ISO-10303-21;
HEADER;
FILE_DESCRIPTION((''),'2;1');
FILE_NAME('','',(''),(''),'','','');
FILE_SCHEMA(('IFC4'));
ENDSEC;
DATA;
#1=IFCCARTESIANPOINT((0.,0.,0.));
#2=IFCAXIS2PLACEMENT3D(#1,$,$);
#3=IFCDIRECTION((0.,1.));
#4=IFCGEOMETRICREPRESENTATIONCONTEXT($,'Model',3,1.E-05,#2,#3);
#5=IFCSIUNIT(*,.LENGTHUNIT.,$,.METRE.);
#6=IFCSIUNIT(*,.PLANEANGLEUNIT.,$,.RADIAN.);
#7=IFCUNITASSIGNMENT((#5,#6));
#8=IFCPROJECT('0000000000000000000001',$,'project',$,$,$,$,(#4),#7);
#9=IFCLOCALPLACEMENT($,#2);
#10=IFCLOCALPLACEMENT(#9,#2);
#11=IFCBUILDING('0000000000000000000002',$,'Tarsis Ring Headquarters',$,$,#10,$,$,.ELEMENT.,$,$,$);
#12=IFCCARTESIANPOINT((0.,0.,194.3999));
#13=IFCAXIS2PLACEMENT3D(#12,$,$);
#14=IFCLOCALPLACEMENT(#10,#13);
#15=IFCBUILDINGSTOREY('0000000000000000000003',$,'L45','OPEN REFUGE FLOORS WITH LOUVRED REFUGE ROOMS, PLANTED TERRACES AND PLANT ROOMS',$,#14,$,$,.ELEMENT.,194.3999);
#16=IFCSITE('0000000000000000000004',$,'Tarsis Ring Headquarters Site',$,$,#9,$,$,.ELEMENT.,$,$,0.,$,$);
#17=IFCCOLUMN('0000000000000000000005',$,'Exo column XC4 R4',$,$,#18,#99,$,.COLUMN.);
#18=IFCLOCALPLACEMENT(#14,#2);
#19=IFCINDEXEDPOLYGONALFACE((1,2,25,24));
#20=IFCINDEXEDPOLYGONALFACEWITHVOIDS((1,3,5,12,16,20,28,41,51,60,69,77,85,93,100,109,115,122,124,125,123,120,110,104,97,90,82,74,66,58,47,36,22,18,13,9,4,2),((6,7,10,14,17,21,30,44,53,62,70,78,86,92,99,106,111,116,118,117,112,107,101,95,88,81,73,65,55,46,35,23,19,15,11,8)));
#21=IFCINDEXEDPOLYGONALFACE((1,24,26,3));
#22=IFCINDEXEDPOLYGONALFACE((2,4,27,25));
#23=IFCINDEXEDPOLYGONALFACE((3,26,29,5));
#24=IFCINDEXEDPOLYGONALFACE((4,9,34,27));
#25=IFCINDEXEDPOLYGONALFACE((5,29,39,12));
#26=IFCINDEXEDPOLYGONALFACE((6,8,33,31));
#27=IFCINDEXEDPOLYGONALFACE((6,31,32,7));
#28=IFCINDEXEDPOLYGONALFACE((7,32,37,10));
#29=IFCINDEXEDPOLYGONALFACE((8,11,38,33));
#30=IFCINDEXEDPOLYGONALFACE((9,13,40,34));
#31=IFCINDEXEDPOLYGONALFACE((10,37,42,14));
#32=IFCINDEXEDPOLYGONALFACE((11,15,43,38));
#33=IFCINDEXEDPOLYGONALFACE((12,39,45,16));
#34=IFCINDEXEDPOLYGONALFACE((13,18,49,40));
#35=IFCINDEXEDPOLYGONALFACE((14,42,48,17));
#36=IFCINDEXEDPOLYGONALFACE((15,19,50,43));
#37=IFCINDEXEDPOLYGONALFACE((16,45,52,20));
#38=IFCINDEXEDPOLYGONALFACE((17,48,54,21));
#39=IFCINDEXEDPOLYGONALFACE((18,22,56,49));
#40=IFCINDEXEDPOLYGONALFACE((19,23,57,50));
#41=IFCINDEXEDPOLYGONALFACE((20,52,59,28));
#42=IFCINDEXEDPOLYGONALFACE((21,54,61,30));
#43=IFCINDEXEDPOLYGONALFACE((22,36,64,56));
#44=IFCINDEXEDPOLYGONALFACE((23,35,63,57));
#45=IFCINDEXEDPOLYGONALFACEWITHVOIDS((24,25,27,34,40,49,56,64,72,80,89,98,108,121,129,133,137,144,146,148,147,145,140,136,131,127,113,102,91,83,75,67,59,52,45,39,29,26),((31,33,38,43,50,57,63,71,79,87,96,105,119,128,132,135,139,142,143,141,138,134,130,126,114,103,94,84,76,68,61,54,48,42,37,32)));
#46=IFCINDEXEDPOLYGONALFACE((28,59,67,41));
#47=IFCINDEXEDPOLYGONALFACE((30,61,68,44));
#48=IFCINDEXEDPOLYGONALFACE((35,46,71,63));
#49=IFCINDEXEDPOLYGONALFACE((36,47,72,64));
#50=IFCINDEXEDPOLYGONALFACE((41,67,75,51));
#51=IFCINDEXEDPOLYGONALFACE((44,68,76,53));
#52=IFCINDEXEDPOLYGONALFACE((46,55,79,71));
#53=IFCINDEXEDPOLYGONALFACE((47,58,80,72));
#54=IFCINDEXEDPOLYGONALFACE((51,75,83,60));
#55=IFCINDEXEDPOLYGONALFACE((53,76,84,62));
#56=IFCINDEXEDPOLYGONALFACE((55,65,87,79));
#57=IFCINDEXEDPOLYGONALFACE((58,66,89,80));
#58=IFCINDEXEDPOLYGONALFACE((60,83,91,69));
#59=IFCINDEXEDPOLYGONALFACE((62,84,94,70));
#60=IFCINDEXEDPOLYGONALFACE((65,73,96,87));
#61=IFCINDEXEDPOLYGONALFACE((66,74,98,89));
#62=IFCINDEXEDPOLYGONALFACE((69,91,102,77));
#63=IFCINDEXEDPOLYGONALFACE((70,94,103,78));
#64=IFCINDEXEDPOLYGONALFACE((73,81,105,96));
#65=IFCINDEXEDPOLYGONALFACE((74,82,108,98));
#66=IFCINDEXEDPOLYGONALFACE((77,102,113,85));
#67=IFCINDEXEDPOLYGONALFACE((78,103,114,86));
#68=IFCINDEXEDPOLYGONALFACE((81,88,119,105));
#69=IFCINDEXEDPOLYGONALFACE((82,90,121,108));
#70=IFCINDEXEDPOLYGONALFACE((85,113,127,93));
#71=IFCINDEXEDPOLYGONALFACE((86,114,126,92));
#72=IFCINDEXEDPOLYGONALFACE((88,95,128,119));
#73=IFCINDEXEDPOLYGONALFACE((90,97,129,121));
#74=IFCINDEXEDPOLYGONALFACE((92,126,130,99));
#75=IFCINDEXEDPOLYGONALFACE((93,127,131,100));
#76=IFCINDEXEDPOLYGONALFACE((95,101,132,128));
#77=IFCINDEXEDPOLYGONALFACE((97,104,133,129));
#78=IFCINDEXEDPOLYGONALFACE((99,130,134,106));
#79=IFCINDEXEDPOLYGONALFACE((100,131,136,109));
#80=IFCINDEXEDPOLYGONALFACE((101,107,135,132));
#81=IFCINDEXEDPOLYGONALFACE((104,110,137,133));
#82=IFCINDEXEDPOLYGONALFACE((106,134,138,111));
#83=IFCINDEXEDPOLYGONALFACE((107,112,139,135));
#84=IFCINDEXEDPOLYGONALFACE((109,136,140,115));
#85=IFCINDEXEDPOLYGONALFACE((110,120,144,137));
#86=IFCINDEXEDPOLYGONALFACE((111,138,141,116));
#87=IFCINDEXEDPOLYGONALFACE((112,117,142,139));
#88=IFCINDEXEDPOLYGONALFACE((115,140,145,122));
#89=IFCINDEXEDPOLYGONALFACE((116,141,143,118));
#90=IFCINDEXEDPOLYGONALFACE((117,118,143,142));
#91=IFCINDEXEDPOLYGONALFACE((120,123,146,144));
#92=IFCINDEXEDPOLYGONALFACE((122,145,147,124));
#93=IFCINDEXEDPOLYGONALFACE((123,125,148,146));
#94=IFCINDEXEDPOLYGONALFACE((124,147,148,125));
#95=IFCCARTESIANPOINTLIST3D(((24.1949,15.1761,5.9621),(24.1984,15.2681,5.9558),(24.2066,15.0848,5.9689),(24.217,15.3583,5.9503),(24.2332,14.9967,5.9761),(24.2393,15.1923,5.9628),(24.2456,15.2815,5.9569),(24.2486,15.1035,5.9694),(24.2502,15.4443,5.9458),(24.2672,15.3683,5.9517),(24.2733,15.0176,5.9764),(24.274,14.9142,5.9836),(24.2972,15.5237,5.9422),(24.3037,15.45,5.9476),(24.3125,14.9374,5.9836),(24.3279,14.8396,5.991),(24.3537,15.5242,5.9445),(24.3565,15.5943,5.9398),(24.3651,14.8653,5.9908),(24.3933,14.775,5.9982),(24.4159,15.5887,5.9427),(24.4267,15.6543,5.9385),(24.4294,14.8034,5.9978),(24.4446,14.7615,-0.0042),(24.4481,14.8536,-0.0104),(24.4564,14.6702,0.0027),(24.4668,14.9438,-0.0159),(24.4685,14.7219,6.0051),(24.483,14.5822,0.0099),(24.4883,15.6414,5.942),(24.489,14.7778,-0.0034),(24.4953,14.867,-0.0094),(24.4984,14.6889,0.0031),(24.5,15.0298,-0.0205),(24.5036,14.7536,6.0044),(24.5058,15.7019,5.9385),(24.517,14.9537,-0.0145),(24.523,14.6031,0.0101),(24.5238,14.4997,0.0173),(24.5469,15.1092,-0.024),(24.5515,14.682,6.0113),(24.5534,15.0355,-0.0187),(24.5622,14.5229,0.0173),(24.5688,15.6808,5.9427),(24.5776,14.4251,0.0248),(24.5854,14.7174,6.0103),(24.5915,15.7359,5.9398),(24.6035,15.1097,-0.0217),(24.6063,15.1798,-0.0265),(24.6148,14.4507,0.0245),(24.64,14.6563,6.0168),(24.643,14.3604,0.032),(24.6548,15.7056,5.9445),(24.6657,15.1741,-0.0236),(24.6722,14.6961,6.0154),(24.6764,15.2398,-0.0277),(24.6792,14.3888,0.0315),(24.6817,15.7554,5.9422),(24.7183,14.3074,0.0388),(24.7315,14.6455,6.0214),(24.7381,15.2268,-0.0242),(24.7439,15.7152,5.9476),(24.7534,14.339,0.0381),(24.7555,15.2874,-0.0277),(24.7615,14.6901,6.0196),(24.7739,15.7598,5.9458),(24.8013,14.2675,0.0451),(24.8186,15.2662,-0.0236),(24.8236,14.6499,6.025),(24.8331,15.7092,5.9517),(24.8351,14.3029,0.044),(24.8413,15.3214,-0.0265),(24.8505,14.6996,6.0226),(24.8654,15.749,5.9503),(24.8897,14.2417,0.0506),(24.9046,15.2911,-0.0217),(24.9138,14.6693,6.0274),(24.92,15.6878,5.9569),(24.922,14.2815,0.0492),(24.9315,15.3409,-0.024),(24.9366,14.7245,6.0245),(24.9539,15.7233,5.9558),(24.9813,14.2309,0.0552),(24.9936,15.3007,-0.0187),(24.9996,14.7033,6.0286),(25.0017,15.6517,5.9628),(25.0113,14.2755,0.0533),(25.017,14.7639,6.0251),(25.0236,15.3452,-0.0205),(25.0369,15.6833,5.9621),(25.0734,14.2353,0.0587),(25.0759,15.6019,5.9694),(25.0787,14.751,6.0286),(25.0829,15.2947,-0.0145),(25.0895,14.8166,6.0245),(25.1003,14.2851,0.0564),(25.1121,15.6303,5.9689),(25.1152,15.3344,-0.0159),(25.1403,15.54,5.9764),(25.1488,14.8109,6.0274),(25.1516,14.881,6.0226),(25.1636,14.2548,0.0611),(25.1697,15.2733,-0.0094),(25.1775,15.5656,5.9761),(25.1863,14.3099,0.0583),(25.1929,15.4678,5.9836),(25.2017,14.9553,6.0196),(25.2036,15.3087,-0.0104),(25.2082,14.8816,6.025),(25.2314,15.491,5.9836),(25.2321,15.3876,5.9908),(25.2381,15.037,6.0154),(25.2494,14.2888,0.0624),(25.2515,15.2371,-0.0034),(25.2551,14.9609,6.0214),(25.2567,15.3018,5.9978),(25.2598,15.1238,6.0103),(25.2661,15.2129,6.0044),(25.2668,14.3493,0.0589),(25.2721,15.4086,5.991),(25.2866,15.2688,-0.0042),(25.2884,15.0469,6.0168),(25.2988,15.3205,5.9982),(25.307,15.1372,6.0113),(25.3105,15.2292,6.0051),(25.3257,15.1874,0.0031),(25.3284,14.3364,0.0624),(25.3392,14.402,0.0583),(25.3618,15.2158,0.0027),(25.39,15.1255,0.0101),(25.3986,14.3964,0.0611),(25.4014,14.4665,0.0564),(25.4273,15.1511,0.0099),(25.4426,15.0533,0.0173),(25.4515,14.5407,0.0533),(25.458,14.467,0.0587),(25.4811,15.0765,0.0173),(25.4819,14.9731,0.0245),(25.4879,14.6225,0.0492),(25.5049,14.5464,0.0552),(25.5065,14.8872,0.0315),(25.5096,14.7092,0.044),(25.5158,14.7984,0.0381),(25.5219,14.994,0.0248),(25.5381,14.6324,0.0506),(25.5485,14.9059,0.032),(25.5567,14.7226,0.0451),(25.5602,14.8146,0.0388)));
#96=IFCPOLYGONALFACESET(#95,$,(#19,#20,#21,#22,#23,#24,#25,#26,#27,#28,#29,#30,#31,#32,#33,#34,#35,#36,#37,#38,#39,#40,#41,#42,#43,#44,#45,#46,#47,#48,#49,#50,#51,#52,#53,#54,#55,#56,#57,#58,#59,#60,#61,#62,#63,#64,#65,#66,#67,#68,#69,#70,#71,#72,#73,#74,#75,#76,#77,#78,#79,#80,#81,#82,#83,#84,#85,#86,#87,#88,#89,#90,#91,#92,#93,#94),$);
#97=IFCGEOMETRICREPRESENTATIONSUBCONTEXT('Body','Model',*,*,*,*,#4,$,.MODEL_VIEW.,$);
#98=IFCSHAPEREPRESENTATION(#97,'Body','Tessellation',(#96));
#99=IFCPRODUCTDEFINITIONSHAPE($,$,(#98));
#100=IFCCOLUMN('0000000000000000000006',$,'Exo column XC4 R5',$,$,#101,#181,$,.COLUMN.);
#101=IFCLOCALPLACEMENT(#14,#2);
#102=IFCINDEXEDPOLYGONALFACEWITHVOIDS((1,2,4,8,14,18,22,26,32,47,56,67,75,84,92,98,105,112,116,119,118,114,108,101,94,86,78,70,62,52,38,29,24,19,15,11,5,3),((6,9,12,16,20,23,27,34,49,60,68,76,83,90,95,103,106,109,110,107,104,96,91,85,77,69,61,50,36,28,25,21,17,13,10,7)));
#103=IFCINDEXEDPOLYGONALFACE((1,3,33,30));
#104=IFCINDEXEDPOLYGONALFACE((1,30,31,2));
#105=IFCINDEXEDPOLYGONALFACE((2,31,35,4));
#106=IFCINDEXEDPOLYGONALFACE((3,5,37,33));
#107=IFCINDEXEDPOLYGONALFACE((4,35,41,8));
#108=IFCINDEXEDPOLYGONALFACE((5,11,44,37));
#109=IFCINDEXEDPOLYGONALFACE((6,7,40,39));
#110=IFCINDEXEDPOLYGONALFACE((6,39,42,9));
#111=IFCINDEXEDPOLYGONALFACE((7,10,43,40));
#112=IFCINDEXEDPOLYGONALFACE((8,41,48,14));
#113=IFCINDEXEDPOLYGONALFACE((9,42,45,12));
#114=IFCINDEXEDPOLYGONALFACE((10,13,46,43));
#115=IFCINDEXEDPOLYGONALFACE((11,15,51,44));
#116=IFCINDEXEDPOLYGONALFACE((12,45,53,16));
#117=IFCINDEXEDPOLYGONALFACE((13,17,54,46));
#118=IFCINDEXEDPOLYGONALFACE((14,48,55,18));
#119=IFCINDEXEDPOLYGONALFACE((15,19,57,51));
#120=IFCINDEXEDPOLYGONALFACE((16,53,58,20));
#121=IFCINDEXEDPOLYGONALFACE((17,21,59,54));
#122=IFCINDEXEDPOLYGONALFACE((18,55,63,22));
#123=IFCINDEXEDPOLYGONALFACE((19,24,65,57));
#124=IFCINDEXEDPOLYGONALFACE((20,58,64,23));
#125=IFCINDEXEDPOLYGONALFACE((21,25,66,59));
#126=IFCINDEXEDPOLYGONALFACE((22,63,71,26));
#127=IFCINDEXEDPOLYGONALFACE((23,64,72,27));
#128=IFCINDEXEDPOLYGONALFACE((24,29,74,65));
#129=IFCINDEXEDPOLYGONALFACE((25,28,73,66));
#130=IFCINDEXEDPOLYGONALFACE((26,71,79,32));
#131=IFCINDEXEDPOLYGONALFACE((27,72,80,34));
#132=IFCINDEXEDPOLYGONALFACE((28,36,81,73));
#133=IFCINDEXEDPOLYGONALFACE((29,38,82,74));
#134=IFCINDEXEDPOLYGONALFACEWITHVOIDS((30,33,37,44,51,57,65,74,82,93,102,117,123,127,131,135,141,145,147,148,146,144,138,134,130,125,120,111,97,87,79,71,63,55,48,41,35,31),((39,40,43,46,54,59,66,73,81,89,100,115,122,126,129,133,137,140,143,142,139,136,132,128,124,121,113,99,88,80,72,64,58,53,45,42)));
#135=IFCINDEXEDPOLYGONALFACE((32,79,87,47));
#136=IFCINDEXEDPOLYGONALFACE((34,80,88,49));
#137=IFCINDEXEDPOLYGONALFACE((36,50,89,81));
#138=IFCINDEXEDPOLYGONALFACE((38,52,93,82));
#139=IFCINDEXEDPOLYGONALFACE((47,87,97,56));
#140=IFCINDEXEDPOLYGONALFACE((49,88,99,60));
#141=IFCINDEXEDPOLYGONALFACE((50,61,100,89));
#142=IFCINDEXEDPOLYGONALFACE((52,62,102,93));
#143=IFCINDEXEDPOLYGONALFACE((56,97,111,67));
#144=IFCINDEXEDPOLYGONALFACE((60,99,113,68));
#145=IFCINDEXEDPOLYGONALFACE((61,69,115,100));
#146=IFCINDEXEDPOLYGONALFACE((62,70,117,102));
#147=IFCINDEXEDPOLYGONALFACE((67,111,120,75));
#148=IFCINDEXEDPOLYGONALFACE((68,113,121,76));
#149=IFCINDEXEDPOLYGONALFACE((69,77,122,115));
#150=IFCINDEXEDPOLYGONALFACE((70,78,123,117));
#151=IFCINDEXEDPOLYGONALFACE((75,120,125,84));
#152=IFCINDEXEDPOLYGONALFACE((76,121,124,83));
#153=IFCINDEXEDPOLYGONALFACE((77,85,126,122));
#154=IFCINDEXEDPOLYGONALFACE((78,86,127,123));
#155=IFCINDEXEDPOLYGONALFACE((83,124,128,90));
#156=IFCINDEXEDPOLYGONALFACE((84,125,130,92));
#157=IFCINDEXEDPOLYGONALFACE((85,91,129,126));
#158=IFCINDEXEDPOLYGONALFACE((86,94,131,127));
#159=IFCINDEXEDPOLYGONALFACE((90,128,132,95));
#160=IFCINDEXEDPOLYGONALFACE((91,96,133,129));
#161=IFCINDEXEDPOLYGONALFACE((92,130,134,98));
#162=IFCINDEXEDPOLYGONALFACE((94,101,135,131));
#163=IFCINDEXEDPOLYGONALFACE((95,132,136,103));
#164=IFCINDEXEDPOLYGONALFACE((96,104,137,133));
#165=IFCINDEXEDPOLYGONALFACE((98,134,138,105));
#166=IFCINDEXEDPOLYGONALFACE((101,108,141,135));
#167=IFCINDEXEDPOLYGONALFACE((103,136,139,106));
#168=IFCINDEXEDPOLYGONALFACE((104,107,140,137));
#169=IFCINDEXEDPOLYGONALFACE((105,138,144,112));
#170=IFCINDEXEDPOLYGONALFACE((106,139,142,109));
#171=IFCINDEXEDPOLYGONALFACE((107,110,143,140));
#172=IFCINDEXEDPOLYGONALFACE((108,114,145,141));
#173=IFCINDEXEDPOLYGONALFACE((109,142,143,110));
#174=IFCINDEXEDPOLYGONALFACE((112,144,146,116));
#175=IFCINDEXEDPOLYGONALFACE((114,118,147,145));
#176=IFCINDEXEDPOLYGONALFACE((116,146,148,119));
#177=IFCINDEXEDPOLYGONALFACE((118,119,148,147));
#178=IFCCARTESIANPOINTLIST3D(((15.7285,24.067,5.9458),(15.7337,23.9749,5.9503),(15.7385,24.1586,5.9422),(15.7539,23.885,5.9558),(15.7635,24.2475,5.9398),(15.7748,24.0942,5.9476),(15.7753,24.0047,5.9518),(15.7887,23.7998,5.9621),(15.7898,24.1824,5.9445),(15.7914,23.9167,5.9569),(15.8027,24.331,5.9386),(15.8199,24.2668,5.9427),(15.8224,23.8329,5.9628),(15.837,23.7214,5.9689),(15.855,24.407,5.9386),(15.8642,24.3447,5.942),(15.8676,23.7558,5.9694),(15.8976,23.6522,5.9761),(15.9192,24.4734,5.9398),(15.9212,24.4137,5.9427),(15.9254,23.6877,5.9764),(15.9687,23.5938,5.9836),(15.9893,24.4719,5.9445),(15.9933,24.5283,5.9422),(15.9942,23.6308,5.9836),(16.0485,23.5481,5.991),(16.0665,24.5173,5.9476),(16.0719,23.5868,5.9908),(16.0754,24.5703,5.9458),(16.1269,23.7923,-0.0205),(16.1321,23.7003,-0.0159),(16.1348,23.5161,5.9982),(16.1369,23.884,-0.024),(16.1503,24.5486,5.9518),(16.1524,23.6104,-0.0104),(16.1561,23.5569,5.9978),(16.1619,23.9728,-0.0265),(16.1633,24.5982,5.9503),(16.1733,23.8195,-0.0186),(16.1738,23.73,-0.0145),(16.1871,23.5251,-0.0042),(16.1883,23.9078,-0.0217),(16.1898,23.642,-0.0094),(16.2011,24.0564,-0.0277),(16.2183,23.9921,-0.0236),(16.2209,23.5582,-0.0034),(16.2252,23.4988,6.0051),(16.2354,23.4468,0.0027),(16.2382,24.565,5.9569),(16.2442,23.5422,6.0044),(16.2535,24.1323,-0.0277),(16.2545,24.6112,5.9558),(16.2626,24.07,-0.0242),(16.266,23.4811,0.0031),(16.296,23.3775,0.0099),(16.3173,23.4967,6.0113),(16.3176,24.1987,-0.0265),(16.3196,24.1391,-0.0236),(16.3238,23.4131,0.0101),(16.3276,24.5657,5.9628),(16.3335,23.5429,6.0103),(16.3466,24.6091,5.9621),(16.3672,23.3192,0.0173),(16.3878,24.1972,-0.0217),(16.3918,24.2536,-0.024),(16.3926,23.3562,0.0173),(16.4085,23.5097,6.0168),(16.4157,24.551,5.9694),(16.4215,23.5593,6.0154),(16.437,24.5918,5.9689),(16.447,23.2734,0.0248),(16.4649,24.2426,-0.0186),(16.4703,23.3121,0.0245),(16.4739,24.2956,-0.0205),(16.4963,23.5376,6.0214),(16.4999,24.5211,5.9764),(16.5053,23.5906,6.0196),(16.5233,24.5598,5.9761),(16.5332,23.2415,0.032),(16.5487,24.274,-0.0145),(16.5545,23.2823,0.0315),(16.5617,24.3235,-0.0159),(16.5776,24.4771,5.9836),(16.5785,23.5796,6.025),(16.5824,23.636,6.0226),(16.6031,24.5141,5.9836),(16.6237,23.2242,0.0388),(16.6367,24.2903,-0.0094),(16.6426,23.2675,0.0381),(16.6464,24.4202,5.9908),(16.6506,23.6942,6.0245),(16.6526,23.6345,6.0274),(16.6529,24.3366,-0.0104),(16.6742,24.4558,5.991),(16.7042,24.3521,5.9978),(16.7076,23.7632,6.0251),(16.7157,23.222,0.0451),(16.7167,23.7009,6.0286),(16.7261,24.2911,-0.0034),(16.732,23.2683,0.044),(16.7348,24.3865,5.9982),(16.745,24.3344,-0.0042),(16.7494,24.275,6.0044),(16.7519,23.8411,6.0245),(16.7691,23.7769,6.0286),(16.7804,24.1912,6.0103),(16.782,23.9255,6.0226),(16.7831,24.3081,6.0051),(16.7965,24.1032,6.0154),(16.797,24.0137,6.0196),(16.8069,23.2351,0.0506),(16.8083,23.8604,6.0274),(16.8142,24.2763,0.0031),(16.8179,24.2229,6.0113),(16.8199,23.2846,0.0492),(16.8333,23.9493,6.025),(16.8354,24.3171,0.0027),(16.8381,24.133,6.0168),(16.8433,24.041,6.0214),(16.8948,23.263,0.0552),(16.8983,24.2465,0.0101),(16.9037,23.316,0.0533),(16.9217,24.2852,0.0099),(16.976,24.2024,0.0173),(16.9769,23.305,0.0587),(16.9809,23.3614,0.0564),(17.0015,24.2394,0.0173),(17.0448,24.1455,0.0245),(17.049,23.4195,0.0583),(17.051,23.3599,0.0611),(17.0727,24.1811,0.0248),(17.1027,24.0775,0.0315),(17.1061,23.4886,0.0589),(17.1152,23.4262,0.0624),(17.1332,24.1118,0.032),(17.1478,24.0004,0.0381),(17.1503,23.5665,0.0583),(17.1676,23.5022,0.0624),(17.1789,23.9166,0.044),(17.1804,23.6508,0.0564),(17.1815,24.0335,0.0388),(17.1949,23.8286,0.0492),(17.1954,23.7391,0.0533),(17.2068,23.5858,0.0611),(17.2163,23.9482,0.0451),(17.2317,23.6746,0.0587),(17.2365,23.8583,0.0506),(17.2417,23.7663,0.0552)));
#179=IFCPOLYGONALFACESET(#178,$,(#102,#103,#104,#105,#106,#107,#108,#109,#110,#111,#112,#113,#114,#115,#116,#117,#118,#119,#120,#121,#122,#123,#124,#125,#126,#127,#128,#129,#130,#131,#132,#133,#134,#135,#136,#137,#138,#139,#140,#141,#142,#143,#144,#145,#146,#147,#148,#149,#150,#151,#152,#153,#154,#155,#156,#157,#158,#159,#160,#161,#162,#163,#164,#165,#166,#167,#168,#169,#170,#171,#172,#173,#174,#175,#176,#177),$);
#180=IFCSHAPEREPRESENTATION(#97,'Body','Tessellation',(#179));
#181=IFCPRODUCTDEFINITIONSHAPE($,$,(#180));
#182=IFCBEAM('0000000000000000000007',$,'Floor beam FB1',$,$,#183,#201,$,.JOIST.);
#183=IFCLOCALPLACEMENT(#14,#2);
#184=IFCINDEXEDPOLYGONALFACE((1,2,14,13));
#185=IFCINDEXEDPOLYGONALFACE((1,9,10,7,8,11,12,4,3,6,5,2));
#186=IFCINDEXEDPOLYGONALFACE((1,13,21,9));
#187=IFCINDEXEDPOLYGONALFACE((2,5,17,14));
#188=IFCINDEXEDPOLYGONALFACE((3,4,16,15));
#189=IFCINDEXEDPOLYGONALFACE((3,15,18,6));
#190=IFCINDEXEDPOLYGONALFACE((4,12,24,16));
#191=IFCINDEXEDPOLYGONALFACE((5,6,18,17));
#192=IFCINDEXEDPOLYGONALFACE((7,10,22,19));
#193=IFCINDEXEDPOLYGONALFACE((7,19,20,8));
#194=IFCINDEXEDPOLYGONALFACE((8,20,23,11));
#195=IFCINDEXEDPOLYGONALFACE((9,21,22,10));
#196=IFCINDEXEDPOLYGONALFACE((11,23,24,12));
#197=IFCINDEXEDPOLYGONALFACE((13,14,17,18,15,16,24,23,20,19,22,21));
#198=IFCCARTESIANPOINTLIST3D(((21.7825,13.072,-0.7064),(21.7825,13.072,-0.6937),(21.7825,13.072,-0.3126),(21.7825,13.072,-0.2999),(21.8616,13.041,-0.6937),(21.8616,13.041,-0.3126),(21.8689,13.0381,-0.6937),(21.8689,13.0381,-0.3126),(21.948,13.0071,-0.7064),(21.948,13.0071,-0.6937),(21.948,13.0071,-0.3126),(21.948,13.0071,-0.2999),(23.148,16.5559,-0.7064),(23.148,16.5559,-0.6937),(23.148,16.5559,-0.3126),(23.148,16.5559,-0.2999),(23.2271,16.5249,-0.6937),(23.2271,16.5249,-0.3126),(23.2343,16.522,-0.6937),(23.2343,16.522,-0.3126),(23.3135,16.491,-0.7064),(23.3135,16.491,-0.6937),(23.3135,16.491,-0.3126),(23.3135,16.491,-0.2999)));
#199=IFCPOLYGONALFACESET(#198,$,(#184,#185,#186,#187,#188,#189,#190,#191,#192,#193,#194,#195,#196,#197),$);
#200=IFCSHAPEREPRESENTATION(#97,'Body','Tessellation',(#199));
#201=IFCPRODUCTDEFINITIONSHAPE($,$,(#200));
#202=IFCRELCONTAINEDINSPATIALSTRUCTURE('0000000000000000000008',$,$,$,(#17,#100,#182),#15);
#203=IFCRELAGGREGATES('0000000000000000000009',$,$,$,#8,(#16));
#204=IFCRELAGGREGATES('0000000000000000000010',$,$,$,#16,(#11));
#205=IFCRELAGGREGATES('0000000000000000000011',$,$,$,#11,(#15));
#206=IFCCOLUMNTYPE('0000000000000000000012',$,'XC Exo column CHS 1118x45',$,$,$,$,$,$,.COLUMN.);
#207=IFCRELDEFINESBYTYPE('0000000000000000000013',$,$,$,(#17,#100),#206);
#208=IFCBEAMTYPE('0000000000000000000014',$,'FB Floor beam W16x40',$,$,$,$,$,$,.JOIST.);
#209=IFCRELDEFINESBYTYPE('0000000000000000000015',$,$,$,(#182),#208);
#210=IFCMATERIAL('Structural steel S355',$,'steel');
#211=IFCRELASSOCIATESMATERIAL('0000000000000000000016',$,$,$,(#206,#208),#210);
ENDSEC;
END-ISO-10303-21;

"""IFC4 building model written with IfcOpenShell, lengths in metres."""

from ifc_helpers import new_model, si_unit, direction, frame, origin, origin_2d, place, context, subcontext, project, spatial, hollow_circle, i_section, extrude, material, material_profile, profile_set, type_object, element, save


model = new_model("IFC4")

# Units and contexts
model_context = context("Model", 3, precision=1e-05, world=origin(), true_north=direction((0.0, 1.0)))
body_context = subcontext(model_context, "Body", "Model", "MODEL_VIEW")
ifc_project = project(units=[si_unit("LENGTHUNIT", "METRE"), si_unit("PLANEANGLEUNIT", "RADIAN")], contexts=[model_context])

# Site, building, storey
site_placement = place(None, origin())
site = spatial("IfcSite", under=ifc_project, at=site_placement, Name="Tarsis Ring Headquarters Site", CompositionType="ELEMENT", RefElevation=0.0)
building_placement = place(site_placement, origin())
building = spatial("IfcBuilding", under=site, at=building_placement, Name="Tarsis Ring Headquarters", CompositionType="ELEMENT")
storey_placement = place(building_placement, frame((0.0, 0.0, 194.3999)))
storey = spatial("IfcBuildingStorey", under=building, at=storey_placement, Name="L45", Description="OPEN REFUGE FLOORS WITH LOUVRED REFUGE ROOMS, PLANTED TERRACES AND PLANT ROOMS", CompositionType="ELEMENT", Elevation=194.3999)

# Columns
ifc_material_1 = material(Name="Structural steel S355", Category="steel")
ifc_material_profile_1 = material_profile(ifc_material_1, hollow_circle(Radius=0.5588, WallThickness=0.0449, at=origin_2d()), Name="CHS 1118x45")
ifc_profile_set_1 = profile_set([ifc_material_profile_1], Name="Structural steel S355")
column_type = type_object("IfcColumnType", Name="XC Exo column CHS 1118x45", PredefinedType="COLUMN", material=ifc_profile_set_1)
for number, where, z_axis, x_axis, name in (
    (1, (25.0024, 14.7881, 0.0173), (-0.041724, 0.069254, 0.996726), (-0.856557, -0.516053, 0.0), "Exo column XC4 R4"),
    (2, (16.6843, 23.7793, 0.0173), (-0.066563, 0.045884, 0.996727), (-0.567556, -0.823335, 0.0), "Exo column XC4 R5"),
):
    element("IfcColumn", number, at=place(storey_placement, frame(where, z_axis=z_axis, x_axis=x_axis)), inside=storey, type_object=column_type, Name=name, PredefinedType="COLUMN", context=body_context, shape_type="SweptSolid", body=[
        extrude(hollow_circle(Radius=0.5588, WallThickness=0.0449, at=origin_2d()), origin(), (0.0, 0.0, 1.0), 5.9858),
    ])

# Beam
ifc_material_profile_2 = material_profile(ifc_material_1, i_section(OverallWidth=0.1777, OverallDepth=0.4065, WebThickness=0.0078, FlangeThickness=0.0127, at=origin_2d()), Name="W16x40")
ifc_profile_set_2 = profile_set([ifc_material_profile_2], Name="Structural steel S355")
beam_type_1 = type_object("IfcBeamType", Name="FB Floor beam W16x40", PredefinedType="JOIST", material=ifc_profile_set_2)
beam_1_placement = place(storey_placement, frame((23.2307, 16.5234, -0.5032), z_axis=(-0.364913, -0.931041, 0.0), x_axis=(0.931041, -0.364913, 0.0)))
element("IfcBeam", 3, at=beam_1_placement, inside=storey, type_object=beam_type_1, Name="Floor beam FB1", PredefinedType="JOIST", context=body_context, shape_type="SweptSolid", body=[
    extrude(i_section(OverallWidth=0.1777, OverallDepth=0.4065, WebThickness=0.0078, FlangeThickness=0.0127, at=origin_2d()), origin(), (0.0, 0.0, 1.0), 3.7419),
])

save(model, "model.ifc")
